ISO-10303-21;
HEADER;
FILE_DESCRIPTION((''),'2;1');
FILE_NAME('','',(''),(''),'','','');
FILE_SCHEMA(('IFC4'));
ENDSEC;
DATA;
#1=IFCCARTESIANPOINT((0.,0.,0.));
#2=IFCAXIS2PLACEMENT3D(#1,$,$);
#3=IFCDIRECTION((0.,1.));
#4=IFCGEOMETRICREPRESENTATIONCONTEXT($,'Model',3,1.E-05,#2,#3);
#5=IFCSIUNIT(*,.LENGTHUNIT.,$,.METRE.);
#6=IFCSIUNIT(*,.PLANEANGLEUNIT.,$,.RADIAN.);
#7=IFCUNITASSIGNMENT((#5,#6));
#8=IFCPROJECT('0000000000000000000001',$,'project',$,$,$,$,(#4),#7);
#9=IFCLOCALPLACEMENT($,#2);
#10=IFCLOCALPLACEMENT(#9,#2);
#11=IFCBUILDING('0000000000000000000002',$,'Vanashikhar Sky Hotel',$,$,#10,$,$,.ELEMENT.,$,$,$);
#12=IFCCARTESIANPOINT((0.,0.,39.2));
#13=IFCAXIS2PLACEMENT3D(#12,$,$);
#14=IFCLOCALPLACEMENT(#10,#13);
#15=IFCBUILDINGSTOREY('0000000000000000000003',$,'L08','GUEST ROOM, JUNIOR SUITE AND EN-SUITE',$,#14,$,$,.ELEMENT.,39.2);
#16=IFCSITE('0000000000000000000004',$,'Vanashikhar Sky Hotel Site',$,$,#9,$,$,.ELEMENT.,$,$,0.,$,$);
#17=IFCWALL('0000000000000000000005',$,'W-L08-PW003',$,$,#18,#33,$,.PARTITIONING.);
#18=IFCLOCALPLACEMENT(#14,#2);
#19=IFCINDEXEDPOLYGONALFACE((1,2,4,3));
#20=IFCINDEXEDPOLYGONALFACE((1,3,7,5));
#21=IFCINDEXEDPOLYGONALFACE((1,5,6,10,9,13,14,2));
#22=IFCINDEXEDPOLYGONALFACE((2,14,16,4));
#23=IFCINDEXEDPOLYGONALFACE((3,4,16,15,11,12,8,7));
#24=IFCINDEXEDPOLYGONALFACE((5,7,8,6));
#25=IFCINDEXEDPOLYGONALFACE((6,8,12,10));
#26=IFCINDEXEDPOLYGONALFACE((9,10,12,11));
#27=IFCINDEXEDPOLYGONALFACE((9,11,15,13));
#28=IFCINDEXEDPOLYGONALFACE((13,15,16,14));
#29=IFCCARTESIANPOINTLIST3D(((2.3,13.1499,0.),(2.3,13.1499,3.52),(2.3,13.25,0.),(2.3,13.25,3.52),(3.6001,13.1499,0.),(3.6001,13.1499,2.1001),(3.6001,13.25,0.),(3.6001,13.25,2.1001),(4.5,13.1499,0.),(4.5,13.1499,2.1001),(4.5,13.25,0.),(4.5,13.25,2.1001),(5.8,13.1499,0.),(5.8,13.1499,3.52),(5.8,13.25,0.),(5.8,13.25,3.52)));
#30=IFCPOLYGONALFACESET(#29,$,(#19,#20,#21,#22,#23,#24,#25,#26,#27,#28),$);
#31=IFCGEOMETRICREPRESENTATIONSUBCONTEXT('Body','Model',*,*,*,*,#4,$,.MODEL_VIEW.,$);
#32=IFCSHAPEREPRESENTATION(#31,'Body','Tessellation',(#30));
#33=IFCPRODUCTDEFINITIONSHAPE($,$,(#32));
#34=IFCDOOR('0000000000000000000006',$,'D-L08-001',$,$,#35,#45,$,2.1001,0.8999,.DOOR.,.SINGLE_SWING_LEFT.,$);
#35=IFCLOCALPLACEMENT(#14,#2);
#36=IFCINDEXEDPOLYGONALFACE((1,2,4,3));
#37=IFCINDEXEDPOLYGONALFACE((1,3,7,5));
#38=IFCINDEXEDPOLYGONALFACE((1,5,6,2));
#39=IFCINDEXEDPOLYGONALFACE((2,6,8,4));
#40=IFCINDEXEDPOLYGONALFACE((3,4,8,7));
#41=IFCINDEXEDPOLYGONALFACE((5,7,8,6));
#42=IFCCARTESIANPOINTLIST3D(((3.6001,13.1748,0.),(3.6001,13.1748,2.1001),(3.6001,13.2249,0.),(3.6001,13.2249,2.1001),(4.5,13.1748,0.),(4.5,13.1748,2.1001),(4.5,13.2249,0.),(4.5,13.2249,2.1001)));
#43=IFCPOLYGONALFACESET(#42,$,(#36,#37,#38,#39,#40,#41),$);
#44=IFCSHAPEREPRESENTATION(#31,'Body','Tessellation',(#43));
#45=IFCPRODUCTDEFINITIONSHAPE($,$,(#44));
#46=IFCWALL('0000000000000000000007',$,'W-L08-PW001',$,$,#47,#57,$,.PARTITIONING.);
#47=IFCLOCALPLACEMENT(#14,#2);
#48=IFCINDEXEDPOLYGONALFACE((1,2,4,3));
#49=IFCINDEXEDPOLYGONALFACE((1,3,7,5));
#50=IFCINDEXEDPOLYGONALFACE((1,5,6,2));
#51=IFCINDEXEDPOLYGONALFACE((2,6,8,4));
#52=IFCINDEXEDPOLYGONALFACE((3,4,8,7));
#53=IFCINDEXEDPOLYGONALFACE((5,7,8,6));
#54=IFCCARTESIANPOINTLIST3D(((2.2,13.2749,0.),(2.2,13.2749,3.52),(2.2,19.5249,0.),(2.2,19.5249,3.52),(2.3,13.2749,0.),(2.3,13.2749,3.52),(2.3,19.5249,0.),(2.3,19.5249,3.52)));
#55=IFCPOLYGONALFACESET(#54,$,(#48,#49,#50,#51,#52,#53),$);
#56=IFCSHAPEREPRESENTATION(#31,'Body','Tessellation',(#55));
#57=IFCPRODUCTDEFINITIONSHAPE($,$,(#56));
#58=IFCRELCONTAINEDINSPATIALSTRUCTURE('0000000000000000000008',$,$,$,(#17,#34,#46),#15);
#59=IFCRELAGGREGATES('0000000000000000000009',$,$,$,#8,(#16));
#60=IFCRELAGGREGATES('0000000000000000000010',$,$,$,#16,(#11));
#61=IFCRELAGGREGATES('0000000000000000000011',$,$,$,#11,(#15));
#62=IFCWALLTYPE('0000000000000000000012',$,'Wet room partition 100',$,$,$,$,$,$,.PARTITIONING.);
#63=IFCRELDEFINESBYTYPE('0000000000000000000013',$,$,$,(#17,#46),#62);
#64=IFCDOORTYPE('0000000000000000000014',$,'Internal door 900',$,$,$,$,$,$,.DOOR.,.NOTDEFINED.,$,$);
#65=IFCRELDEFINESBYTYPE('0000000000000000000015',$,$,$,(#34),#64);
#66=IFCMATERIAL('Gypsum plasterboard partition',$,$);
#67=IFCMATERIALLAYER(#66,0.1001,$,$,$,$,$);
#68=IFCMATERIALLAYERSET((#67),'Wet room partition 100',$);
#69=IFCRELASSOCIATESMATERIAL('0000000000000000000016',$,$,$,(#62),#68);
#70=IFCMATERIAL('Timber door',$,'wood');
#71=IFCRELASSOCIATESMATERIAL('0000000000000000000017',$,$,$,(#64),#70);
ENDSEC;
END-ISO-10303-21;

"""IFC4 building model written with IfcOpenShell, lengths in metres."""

from ifc_helpers import new_model, si_unit, direction, frame, frame_2d, origin, place, context, subcontext, project, spatial, rectangle, extrude, source, transform, mapped, material, layer, layer_set, type_object, element, fill, save


model = new_model("IFC4")

# Units and contexts
model_context = context("Model", 3, precision=1e-05, world=origin(), true_north=direction((0.0, 1.0)))
body_context = subcontext(model_context, "Body", "Model", "MODEL_VIEW")
ifc_project = project(units=[si_unit("LENGTHUNIT", "METRE"), si_unit("PLANEANGLEUNIT", "RADIAN")], contexts=[model_context])

# Site, building, storey
site_placement = place(None, origin())
site = spatial("IfcSite", under=ifc_project, at=site_placement, Name="Vanashikhar Sky Hotel Site", CompositionType="ELEMENT", RefElevation=0.0)
building_placement = place(site_placement, origin())
building = spatial("IfcBuilding", under=site, at=building_placement, Name="Vanashikhar Sky Hotel", CompositionType="ELEMENT")
storey_placement = place(building_placement, frame((0.0, 0.0, 39.2)))
storey = spatial("IfcBuildingStorey", under=building, at=storey_placement, Name="L08", Description="GUEST ROOM, JUNIOR SUITE AND EN-SUITE", CompositionType="ELEMENT", Elevation=39.2)

# Wall, opening, door
ifc_material_1 = material(Name="Gypsum plasterboard partition")
ifc_layer_1 = layer(ifc_material_1, 0.1001)
ifc_layer_set_1 = layer_set([ifc_layer_1], Name="Wet room partition 100")
wall_type_1 = type_object("IfcWallType", Name="Wet room partition 100", PredefinedType="PARTITIONING", material=ifc_layer_set_1)
shared_shape_1 = source(origin(), body_context, "Body", "SweptSolid", [
    extrude(rectangle(XDim=3.5, YDim=0.1001, at=frame_2d((1.75, 0.0))), origin(), (0.0, 0.0, 1.0), 3.52),
])
wall_1_placement = place(storey_placement, frame((2.3, 13.2, 0.0), z_axis=(0.0, 0.0, 1.0), x_axis=(1.0, 0.0, 0.0)))
wall_1 = element("IfcWall", 1, at=wall_1_placement, inside=storey, type_object=wall_type_1, Name="W-L08-PW003", PredefinedType="PARTITIONING", context=body_context, shape_type="MappedRepresentation", body=[
    mapped(shared_shape_1, transform((0.0, 0.0, 0.0), scale=1.0)),
])
shared_shape_2 = source(origin(), body_context, "Body", "SweptSolid", [
    extrude(rectangle(XDim=0.8999, YDim=2.1001, at=frame_2d((0.45, 1.05))), frame((0.0, 0.0601, 0.0), z_axis=(0.0, -1.0, 0.0), x_axis=(1.0, 0.0, 0.0)), (0.0, 0.0, 1.0), 0.1201),
])
opening_1_placement = place(wall_1_placement, frame((1.3, 0.0, 0.0)))
opening_1 = element("IfcOpeningElement", 2, at=opening_1_placement, cuts=wall_1, PredefinedType="OPENING", context=body_context, shape_type="MappedRepresentation", body=[
    mapped(shared_shape_2, transform((0.0, 0.0, 0.0), scale=1.0)),
])
ifc_material_2 = material(Name="Timber door", Category="wood")
door_type = type_object("IfcDoorType", Name="Internal door 900", OperationType="NOTDEFINED", PredefinedType="DOOR", material=ifc_material_2)
shared_shape_3 = source(origin(), body_context, "Body", "SweptSolid", [
    extrude(rectangle(XDim=0.8999, YDim=2.1001, at=frame_2d((0.45, 1.05))), frame((0.0, 0.0249, 0.0), z_axis=(0.0, -1.0, 0.0), x_axis=(1.0, 0.0, 0.0)), (0.0, 0.0, 1.0), 0.05),
])
door_placement = place(opening_1_placement, origin())
door = element("IfcDoor", 3, at=door_placement, inside=storey, type_object=door_type, Name="D-L08-001", OperationType="SINGLE_SWING_LEFT", OverallHeight=2.1001, OverallWidth=0.8999, PredefinedType="DOOR", context=body_context, shape_type="MappedRepresentation", body=[
    mapped(shared_shape_3, transform((0.0, 0.0, 0.0), scale=1.0)),
])
fill(opening_1, door)

# Wall
shared_shape_4 = source(origin(), body_context, "Body", "SweptSolid", [
    extrude(rectangle(XDim=6.25, YDim=0.1001, at=frame_2d((3.125, 0.0))), origin(), (0.0, 0.0, 1.0), 3.52),
])
wall_2_placement = place(storey_placement, frame((2.25, 13.2749, 0.0), z_axis=(0.0, 0.0, 1.0), x_axis=(0.0, 1.0, 0.0)))
element("IfcWall", 4, at=wall_2_placement, inside=storey, type_object=wall_type_1, Name="W-L08-PW001", PredefinedType="PARTITIONING", context=body_context, shape_type="MappedRepresentation", body=[
    mapped(shared_shape_4, transform((0.0, 0.0, 0.0), scale=1.0)),
])

save(model, "model.ifc")
